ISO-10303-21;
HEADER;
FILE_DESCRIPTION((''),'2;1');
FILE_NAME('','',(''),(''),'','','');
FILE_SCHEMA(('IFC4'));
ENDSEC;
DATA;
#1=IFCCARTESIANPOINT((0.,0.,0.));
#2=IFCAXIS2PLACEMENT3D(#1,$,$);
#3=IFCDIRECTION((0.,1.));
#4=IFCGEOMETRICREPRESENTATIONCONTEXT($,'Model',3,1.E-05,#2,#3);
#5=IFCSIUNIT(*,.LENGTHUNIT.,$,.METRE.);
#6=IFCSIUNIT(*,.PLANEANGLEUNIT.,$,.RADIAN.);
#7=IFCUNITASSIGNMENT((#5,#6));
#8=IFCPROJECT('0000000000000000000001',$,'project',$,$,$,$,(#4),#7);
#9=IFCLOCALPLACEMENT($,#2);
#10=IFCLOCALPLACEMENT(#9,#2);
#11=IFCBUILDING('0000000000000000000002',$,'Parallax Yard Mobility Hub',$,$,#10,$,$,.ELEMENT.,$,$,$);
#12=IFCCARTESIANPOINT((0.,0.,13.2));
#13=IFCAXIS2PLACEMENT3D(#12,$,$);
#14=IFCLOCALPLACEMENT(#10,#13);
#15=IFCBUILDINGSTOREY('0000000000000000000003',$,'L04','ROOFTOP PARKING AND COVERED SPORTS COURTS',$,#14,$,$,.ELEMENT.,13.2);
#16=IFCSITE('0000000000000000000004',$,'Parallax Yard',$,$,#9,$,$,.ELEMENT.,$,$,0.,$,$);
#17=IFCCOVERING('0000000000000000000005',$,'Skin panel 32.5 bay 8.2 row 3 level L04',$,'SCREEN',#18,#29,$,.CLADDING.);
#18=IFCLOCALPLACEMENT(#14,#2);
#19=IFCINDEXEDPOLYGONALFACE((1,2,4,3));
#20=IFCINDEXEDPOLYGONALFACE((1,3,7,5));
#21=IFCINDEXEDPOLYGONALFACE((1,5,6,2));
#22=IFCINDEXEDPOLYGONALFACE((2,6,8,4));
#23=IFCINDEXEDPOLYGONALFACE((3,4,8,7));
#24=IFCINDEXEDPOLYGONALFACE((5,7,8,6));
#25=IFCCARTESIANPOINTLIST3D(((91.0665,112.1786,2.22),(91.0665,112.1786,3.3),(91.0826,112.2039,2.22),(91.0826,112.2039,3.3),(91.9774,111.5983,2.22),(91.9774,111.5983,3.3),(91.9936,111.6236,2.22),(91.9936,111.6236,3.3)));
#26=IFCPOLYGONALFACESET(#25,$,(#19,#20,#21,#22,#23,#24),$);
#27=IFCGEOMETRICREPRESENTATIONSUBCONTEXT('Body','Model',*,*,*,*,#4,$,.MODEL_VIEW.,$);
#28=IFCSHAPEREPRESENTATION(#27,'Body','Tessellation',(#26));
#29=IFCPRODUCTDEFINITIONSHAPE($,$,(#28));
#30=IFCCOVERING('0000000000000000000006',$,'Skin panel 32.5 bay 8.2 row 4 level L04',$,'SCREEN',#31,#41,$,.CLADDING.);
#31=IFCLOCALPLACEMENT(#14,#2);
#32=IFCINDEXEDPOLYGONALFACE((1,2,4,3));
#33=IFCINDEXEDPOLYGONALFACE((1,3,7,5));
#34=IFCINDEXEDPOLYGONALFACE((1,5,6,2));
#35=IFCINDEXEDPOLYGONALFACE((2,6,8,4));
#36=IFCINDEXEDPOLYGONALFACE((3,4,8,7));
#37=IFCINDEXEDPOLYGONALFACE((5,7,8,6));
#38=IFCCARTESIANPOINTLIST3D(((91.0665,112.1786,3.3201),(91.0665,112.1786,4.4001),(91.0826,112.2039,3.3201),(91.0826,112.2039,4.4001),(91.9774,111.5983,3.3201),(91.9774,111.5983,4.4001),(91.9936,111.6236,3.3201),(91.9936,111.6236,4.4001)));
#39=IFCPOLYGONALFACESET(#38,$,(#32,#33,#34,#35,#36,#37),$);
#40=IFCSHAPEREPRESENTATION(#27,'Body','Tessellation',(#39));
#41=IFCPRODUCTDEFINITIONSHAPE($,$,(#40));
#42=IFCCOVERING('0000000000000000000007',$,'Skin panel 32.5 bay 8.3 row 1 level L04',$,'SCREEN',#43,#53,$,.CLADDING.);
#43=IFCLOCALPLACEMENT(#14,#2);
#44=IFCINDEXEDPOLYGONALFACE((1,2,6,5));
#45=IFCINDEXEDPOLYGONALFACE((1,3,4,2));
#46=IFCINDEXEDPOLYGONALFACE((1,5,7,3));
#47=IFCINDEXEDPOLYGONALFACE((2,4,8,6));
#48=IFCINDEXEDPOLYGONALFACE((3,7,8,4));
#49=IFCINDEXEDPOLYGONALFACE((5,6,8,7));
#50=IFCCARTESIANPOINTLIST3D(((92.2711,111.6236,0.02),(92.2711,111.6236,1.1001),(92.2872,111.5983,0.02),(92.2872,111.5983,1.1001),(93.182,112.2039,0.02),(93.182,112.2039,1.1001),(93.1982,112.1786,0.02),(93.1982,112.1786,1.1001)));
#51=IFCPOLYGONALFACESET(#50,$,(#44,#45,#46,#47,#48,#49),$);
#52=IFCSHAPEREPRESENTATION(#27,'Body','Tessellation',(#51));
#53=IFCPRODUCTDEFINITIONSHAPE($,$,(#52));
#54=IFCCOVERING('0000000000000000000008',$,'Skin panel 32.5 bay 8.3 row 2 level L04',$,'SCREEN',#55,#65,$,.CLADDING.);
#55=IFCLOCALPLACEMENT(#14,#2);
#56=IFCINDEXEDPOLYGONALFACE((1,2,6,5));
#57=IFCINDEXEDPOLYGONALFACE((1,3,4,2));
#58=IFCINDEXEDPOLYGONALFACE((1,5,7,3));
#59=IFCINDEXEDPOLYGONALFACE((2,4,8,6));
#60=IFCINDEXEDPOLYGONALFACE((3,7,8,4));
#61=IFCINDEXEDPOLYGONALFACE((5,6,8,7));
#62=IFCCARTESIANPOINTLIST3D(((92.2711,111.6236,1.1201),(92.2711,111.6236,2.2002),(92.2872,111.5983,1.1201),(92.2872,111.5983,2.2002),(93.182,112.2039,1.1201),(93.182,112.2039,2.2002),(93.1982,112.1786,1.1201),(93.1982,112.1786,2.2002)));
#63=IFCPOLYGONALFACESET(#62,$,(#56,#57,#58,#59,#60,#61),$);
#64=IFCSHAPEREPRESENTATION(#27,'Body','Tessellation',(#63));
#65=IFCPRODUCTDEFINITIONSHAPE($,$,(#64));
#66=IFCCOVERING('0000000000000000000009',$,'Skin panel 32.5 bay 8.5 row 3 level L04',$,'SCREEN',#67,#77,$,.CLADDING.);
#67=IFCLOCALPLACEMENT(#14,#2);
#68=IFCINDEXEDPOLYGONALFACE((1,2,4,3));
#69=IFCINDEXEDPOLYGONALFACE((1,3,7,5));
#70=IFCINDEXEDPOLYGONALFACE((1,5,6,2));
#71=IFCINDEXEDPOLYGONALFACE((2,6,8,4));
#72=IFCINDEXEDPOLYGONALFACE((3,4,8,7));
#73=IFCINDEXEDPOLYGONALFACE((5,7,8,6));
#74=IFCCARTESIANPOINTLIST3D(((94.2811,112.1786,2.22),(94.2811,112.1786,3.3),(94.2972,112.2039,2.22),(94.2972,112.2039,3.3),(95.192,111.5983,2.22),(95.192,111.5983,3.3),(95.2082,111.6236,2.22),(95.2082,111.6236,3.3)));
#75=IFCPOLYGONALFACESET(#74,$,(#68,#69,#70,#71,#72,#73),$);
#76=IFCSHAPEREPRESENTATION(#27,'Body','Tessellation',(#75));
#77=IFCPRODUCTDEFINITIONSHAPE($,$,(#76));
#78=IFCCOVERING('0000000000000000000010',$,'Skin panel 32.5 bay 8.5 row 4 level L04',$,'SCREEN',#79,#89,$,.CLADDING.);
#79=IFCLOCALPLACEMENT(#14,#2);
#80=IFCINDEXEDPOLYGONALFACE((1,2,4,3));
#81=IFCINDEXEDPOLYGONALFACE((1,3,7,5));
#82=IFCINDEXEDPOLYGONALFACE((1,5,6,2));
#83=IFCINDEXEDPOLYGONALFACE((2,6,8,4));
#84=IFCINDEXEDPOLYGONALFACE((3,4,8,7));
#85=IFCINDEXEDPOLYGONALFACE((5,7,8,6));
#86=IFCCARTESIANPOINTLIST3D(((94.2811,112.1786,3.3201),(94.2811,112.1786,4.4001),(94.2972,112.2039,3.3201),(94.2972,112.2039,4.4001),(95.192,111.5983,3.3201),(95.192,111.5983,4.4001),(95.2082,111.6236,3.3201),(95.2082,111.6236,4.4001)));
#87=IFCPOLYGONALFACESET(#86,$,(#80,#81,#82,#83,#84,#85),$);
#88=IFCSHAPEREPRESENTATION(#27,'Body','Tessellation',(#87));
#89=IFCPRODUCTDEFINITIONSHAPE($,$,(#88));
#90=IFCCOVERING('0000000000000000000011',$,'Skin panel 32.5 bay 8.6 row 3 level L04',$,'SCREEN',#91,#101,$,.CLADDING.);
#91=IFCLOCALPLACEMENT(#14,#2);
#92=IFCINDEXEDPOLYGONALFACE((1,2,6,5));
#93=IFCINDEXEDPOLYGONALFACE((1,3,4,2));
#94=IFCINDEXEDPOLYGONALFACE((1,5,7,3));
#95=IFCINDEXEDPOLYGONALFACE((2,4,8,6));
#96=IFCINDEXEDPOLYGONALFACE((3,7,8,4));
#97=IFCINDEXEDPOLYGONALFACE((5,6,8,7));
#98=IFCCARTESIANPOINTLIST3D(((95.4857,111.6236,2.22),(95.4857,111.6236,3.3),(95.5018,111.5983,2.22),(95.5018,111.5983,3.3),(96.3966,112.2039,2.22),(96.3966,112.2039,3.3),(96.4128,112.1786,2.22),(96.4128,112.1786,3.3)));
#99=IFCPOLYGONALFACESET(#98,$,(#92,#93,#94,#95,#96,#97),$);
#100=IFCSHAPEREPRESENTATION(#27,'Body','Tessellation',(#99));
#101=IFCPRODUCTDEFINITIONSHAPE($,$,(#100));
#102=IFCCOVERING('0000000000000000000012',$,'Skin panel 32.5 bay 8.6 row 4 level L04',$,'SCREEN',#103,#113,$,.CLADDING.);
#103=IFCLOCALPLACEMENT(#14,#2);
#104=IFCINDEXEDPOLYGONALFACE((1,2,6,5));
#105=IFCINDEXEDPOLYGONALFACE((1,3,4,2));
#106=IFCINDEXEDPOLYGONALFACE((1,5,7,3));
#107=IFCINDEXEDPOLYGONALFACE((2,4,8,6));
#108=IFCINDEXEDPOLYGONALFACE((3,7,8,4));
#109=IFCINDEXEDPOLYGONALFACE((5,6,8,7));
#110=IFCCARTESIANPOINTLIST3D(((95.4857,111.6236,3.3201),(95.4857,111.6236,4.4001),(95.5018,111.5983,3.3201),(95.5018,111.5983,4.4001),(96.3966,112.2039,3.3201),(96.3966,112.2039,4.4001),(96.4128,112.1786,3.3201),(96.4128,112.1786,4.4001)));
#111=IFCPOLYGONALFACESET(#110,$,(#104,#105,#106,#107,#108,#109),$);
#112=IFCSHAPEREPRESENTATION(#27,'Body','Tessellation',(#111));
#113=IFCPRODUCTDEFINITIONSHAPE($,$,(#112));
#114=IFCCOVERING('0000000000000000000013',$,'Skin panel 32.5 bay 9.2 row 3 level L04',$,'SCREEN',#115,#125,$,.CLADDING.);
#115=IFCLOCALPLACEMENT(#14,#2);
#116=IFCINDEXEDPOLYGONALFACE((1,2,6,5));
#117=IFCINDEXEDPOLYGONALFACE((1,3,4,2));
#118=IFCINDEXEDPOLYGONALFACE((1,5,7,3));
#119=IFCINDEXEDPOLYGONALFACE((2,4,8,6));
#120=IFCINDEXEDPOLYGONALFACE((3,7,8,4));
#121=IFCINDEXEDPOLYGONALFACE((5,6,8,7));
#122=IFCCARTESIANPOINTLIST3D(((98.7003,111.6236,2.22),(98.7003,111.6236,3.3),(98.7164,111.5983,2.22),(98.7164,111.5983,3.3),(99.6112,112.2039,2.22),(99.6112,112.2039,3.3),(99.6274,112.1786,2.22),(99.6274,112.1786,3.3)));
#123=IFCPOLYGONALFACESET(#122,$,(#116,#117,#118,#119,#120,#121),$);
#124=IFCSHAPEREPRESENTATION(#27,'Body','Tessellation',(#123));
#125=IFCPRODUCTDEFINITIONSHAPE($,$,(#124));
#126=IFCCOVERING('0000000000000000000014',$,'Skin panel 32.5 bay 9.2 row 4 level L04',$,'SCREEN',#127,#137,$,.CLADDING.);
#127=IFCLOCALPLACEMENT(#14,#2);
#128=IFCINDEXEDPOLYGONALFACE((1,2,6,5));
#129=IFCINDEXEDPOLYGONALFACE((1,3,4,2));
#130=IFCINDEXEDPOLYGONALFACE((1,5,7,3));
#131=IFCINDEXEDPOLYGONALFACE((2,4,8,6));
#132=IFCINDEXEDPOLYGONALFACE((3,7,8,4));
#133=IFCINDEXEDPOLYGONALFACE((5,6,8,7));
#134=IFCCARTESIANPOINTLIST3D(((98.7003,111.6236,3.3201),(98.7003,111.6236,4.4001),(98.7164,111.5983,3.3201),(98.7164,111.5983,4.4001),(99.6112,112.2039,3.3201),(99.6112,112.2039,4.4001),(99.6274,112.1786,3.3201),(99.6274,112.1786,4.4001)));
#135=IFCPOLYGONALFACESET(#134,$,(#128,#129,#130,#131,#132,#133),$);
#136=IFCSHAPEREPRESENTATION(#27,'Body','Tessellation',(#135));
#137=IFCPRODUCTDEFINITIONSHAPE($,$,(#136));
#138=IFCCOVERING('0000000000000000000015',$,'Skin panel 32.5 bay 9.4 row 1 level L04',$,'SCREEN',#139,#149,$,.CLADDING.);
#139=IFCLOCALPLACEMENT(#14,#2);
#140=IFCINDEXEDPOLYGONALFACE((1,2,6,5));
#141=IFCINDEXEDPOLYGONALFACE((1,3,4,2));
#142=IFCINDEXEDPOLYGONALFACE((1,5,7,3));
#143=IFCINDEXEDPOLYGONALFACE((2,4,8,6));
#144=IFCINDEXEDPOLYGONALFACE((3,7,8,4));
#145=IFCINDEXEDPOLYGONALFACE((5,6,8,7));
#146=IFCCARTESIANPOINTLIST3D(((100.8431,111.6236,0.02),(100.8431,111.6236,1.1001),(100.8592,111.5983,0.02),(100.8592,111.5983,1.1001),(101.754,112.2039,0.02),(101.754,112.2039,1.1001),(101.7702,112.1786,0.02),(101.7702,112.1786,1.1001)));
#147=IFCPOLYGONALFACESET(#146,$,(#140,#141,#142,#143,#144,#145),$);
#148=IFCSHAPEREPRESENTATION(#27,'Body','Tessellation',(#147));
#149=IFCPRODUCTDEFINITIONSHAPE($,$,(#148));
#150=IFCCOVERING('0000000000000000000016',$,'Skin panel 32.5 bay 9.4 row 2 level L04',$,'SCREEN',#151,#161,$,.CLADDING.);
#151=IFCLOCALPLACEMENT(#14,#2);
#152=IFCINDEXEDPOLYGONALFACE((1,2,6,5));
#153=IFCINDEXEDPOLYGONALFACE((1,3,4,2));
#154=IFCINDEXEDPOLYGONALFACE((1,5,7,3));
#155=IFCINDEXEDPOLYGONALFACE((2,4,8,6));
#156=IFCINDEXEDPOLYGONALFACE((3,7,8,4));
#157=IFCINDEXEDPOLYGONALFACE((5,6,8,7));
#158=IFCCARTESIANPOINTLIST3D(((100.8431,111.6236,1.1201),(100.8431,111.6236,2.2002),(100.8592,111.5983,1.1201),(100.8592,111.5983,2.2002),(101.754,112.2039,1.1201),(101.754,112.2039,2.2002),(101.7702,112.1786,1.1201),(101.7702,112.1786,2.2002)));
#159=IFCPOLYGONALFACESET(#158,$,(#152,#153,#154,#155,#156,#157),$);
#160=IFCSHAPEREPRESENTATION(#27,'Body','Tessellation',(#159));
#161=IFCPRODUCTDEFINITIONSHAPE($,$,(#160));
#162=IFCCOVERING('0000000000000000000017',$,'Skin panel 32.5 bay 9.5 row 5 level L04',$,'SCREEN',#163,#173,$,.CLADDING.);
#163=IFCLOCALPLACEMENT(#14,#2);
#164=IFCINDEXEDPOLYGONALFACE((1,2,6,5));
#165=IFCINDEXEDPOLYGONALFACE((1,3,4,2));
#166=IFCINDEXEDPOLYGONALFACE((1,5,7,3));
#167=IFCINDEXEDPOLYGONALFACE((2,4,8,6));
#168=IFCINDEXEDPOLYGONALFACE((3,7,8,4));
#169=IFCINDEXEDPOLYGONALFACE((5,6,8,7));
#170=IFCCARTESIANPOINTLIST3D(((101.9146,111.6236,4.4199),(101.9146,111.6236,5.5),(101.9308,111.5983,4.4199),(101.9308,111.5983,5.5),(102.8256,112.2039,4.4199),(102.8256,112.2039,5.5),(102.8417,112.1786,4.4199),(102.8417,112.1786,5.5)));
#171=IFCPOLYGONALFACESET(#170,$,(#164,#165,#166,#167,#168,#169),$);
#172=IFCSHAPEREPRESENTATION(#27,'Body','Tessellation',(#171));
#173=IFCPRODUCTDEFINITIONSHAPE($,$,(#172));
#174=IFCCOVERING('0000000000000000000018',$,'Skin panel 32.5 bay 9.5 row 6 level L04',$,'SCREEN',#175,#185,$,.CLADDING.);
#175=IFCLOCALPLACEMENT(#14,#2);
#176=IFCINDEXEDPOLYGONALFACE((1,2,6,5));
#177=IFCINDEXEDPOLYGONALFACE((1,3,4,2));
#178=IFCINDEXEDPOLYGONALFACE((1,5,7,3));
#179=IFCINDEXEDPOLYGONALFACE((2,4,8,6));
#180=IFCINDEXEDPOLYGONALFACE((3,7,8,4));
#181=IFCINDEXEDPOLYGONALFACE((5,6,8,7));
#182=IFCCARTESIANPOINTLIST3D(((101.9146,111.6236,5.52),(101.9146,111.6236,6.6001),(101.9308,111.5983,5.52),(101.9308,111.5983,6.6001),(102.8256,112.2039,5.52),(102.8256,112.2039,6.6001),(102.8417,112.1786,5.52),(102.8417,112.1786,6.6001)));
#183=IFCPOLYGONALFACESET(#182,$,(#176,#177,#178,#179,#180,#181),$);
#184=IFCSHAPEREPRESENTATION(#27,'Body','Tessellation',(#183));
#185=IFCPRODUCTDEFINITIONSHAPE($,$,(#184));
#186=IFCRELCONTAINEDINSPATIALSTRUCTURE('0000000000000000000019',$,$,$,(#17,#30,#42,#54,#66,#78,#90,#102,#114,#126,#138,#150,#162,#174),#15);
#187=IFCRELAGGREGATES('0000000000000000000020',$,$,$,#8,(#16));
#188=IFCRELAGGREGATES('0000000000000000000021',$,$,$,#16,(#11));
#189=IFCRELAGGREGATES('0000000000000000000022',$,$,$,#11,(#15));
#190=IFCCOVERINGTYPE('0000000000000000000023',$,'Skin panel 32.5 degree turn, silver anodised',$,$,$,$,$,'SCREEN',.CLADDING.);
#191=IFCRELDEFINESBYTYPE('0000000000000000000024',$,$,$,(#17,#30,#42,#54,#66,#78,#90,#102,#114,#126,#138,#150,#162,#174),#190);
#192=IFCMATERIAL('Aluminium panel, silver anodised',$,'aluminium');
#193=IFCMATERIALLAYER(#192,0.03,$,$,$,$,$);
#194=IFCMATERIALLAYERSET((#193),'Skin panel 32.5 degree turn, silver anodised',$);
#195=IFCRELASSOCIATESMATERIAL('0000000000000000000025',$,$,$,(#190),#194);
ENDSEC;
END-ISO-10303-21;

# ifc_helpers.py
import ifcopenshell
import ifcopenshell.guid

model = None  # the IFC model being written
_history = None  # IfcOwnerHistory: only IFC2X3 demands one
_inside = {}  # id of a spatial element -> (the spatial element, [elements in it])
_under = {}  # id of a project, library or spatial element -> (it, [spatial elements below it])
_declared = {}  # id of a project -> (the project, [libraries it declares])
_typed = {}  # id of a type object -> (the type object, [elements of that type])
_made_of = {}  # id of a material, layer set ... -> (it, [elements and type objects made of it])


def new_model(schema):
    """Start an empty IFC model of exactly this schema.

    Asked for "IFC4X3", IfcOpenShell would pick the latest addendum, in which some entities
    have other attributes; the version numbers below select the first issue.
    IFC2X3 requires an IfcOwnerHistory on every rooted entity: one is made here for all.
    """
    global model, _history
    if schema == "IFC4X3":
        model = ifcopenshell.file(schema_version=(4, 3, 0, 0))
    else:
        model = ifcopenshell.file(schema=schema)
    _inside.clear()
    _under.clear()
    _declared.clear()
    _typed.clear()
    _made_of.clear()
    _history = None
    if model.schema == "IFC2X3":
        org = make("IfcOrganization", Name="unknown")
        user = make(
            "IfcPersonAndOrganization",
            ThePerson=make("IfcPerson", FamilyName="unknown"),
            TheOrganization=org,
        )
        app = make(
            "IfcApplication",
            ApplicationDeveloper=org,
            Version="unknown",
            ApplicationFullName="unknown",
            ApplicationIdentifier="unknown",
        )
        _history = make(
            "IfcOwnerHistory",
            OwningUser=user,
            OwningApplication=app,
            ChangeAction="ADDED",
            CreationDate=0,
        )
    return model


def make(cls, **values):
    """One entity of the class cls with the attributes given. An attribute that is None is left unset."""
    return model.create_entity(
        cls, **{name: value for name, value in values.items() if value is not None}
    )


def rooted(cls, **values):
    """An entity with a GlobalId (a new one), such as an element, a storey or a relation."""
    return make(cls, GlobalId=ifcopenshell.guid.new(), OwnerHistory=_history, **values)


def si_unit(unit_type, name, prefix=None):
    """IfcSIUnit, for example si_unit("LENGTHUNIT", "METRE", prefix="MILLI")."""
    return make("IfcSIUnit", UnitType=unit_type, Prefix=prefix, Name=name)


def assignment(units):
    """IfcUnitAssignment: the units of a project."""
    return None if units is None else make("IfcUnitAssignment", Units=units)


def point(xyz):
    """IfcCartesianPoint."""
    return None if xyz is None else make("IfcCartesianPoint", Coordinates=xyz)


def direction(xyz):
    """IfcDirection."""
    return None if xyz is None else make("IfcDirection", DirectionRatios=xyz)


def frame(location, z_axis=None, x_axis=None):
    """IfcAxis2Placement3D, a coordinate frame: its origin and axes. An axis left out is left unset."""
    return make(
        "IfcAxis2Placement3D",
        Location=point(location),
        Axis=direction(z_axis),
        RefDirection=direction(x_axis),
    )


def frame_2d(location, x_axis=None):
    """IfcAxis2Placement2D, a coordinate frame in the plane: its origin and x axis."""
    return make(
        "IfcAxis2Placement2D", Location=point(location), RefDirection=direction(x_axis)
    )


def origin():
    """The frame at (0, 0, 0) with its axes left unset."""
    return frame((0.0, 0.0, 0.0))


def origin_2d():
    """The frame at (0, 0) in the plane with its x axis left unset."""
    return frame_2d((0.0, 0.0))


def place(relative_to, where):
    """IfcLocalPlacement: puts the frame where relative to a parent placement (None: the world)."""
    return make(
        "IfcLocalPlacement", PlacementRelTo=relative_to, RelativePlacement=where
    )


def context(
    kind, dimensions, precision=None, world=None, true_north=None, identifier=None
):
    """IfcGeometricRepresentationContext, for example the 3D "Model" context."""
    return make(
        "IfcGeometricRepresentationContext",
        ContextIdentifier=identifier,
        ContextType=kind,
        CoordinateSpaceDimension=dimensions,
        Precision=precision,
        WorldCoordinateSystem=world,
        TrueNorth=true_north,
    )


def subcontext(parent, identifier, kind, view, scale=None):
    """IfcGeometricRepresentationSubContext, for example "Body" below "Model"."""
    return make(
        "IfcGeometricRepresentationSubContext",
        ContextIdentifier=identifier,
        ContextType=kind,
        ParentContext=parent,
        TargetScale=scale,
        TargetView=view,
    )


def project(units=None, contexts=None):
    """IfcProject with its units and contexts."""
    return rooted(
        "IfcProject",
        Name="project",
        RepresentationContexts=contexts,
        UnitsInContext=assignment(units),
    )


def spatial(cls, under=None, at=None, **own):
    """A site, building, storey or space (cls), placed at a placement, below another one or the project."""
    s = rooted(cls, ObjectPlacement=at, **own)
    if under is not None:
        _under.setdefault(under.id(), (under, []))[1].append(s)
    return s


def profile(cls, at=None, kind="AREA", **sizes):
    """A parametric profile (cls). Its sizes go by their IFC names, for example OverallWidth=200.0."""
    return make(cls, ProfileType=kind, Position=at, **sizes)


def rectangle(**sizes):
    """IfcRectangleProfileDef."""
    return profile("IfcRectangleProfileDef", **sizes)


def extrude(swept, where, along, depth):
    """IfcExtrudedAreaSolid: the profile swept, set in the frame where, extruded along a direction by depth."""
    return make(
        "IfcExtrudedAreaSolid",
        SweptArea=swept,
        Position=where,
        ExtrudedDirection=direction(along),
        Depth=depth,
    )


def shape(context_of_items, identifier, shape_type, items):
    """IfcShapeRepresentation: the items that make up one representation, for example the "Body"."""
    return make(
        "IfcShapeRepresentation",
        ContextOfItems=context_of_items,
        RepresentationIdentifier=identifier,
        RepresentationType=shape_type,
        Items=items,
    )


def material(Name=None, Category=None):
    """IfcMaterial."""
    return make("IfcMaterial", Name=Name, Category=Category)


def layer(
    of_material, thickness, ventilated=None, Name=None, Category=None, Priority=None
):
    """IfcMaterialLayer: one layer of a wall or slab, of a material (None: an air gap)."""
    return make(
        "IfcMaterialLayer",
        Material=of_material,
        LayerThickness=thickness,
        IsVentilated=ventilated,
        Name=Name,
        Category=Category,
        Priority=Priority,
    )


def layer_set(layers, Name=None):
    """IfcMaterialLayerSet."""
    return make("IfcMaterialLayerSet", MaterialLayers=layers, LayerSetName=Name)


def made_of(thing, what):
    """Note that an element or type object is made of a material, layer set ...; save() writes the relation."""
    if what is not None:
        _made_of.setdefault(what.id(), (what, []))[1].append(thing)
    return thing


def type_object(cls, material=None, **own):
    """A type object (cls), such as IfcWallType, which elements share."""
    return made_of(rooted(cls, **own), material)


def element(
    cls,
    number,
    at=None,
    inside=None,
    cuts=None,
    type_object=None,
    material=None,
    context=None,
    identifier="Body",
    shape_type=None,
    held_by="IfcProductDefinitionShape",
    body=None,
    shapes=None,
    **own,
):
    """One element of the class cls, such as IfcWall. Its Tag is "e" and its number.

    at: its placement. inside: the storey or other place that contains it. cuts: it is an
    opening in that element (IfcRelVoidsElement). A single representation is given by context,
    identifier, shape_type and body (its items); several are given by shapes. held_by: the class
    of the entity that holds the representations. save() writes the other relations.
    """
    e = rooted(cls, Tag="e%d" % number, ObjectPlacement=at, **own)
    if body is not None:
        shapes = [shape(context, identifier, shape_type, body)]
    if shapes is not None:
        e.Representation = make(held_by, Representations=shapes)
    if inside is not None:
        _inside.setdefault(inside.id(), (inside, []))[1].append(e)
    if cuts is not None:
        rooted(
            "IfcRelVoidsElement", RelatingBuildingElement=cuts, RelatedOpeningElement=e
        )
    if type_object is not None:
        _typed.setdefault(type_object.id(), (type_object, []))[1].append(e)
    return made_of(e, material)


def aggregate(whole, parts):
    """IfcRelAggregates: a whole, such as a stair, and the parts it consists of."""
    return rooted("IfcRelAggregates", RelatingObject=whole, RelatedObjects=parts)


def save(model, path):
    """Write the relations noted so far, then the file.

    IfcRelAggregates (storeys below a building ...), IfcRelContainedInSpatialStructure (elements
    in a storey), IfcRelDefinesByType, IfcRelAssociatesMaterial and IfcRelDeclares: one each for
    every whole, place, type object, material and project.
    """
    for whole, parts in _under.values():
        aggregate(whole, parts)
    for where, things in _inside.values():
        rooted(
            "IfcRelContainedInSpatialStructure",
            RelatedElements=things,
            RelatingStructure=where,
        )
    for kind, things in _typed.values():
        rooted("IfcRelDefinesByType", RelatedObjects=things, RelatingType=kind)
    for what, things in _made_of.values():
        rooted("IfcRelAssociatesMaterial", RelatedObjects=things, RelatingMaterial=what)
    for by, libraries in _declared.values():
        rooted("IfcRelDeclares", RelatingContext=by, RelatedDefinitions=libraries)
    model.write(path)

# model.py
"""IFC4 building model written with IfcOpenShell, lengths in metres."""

from ifc_helpers import new_model, si_unit, direction, frame, origin, origin_2d, place, context, subcontext, project, spatial, rectangle, extrude, material, layer, layer_set, type_object, element, save


model = new_model("IFC4")

# Units and contexts
model_context = context("Model", 3, precision=1e-05, world=origin(), true_north=direction((0.0, 1.0)))
body_context = subcontext(model_context, "Body", "Model", "MODEL_VIEW")
ifc_project = project(units=[si_unit("LENGTHUNIT", "METRE"), si_unit("PLANEANGLEUNIT", "RADIAN")], contexts=[model_context])

# Site, building, storey
site_placement = place(None, origin())
site = spatial("IfcSite", under=ifc_project, at=site_placement, Name="Parallax Yard", CompositionType="ELEMENT", RefElevation=0.0)
building_placement = place(site_placement, origin())
building = spatial("IfcBuilding", under=site, at=building_placement, Name="Parallax Yard Mobility Hub", CompositionType="ELEMENT")
storey_placement = place(building_placement, frame((0.0, 0.0, 13.2)))
storey = spatial("IfcBuildingStorey", under=building, at=storey_placement, Name="L04", Description="ROOFTOP PARKING AND COVERED SPORTS COURTS", CompositionType="ELEMENT", Elevation=13.2)

# Coverings
ifc_material = material(Name="Aluminium panel, silver anodised", Category="aluminium")
ifc_layer_1 = layer(ifc_material, 0.03)
ifc_layer_set_1 = layer_set([ifc_layer_1], Name="Skin panel 32.5 degree turn, silver anodised")
covering_type_1 = type_object("IfcCoveringType", Name="Skin panel 32.5 degree turn, silver anodised", ElementType="SCREEN", PredefinedType="CLADDING", material=ifc_layer_set_1)
for number, where, z_axis, x_axis, name in (
    (1, (91.53, 111.9011, 2.22), (0.0, 0.0, 1.0), (0.843391, -0.5373, 0.0), "Skin panel 32.5 bay 8.2 row 3 level L04"),
    (2, (91.53, 111.9011, 3.3201), (0.0, 0.0, 1.0), (0.843391, -0.5373, 0.0), "Skin panel 32.5 bay 8.2 row 4 level L04"),
    (3, (92.7346, 111.9011, 0.02), (0.0, 0.0, 1.0), (-0.843391, -0.5373, 0.0), "Skin panel 32.5 bay 8.3 row 1 level L04"),
    (4, (92.7346, 111.9011, 1.1201), (0.0, 0.0, 1.0), (-0.843391, -0.5373, 0.0), "Skin panel 32.5 bay 8.3 row 2 level L04"),
    (5, (94.7446, 111.9011, 2.22), (0.0, 0.0, 1.0), (0.843391, -0.5373, 0.0), "Skin panel 32.5 bay 8.5 row 3 level L04"),
    (6, (94.7446, 111.9011, 3.3201), (0.0, 0.0, 1.0), (0.843391, -0.5373, 0.0), "Skin panel 32.5 bay 8.5 row 4 level L04"),
    (7, (95.9492, 111.9011, 2.22), (0.0, 0.0, 1.0), (-0.843391, -0.5373, 0.0), "Skin panel 32.5 bay 8.6 row 3 level L04"),
    (8, (95.9492, 111.9011, 3.3201), (0.0, 0.0, 1.0), (-0.843391, -0.5373, 0.0), "Skin panel 32.5 bay 8.6 row 4 level L04"),
    (9, (99.1638, 111.9011, 2.22), (0.0, 0.0, 1.0), (-0.843391, -0.5373, 0.0), "Skin panel 32.5 bay 9.2 row 3 level L04"),
    (10, (99.1638, 111.9011, 3.3201), (0.0, 0.0, 1.0), (-0.843391, -0.5373, 0.0), "Skin panel 32.5 bay 9.2 row 4 level L04"),
    (11, (101.3066, 111.9011, 0.02), (0.0, 0.0, 1.0), (-0.843391, -0.5373, 0.0), "Skin panel 32.5 bay 9.4 row 1 level L04"),
    (12, (101.3066, 111.9011, 1.1201), (0.0, 0.0, 1.0), (-0.843391, -0.5373, 0.0), "Skin panel 32.5 bay 9.4 row 2 level L04"),
    (13, (102.3782, 111.9011, 4.4199), (0.0, 0.0, 1.0), (-0.843391, -0.5373, 0.0), "Skin panel 32.5 bay 9.5 row 5 level L04"),
    (14, (102.3782, 111.9011, 5.52), (0.0, 0.0, 1.0), (-0.843391, -0.5373, 0.0), "Skin panel 32.5 bay 9.5 row 6 level L04"),
):
    element("IfcCovering", number, at=place(storey_placement, frame(where, z_axis=z_axis, x_axis=x_axis)), inside=storey, type_object=covering_type_1, Name=name, ObjectType="SCREEN", PredefinedType="CLADDING", context=body_context, shape_type="SweptSolid", body=[
        extrude(rectangle(XDim=1.0801, YDim=0.03, at=origin_2d()), origin(), (0.0, 0.0, 1.0), 1.0801),
    ])

save(model, "model.ifc")
